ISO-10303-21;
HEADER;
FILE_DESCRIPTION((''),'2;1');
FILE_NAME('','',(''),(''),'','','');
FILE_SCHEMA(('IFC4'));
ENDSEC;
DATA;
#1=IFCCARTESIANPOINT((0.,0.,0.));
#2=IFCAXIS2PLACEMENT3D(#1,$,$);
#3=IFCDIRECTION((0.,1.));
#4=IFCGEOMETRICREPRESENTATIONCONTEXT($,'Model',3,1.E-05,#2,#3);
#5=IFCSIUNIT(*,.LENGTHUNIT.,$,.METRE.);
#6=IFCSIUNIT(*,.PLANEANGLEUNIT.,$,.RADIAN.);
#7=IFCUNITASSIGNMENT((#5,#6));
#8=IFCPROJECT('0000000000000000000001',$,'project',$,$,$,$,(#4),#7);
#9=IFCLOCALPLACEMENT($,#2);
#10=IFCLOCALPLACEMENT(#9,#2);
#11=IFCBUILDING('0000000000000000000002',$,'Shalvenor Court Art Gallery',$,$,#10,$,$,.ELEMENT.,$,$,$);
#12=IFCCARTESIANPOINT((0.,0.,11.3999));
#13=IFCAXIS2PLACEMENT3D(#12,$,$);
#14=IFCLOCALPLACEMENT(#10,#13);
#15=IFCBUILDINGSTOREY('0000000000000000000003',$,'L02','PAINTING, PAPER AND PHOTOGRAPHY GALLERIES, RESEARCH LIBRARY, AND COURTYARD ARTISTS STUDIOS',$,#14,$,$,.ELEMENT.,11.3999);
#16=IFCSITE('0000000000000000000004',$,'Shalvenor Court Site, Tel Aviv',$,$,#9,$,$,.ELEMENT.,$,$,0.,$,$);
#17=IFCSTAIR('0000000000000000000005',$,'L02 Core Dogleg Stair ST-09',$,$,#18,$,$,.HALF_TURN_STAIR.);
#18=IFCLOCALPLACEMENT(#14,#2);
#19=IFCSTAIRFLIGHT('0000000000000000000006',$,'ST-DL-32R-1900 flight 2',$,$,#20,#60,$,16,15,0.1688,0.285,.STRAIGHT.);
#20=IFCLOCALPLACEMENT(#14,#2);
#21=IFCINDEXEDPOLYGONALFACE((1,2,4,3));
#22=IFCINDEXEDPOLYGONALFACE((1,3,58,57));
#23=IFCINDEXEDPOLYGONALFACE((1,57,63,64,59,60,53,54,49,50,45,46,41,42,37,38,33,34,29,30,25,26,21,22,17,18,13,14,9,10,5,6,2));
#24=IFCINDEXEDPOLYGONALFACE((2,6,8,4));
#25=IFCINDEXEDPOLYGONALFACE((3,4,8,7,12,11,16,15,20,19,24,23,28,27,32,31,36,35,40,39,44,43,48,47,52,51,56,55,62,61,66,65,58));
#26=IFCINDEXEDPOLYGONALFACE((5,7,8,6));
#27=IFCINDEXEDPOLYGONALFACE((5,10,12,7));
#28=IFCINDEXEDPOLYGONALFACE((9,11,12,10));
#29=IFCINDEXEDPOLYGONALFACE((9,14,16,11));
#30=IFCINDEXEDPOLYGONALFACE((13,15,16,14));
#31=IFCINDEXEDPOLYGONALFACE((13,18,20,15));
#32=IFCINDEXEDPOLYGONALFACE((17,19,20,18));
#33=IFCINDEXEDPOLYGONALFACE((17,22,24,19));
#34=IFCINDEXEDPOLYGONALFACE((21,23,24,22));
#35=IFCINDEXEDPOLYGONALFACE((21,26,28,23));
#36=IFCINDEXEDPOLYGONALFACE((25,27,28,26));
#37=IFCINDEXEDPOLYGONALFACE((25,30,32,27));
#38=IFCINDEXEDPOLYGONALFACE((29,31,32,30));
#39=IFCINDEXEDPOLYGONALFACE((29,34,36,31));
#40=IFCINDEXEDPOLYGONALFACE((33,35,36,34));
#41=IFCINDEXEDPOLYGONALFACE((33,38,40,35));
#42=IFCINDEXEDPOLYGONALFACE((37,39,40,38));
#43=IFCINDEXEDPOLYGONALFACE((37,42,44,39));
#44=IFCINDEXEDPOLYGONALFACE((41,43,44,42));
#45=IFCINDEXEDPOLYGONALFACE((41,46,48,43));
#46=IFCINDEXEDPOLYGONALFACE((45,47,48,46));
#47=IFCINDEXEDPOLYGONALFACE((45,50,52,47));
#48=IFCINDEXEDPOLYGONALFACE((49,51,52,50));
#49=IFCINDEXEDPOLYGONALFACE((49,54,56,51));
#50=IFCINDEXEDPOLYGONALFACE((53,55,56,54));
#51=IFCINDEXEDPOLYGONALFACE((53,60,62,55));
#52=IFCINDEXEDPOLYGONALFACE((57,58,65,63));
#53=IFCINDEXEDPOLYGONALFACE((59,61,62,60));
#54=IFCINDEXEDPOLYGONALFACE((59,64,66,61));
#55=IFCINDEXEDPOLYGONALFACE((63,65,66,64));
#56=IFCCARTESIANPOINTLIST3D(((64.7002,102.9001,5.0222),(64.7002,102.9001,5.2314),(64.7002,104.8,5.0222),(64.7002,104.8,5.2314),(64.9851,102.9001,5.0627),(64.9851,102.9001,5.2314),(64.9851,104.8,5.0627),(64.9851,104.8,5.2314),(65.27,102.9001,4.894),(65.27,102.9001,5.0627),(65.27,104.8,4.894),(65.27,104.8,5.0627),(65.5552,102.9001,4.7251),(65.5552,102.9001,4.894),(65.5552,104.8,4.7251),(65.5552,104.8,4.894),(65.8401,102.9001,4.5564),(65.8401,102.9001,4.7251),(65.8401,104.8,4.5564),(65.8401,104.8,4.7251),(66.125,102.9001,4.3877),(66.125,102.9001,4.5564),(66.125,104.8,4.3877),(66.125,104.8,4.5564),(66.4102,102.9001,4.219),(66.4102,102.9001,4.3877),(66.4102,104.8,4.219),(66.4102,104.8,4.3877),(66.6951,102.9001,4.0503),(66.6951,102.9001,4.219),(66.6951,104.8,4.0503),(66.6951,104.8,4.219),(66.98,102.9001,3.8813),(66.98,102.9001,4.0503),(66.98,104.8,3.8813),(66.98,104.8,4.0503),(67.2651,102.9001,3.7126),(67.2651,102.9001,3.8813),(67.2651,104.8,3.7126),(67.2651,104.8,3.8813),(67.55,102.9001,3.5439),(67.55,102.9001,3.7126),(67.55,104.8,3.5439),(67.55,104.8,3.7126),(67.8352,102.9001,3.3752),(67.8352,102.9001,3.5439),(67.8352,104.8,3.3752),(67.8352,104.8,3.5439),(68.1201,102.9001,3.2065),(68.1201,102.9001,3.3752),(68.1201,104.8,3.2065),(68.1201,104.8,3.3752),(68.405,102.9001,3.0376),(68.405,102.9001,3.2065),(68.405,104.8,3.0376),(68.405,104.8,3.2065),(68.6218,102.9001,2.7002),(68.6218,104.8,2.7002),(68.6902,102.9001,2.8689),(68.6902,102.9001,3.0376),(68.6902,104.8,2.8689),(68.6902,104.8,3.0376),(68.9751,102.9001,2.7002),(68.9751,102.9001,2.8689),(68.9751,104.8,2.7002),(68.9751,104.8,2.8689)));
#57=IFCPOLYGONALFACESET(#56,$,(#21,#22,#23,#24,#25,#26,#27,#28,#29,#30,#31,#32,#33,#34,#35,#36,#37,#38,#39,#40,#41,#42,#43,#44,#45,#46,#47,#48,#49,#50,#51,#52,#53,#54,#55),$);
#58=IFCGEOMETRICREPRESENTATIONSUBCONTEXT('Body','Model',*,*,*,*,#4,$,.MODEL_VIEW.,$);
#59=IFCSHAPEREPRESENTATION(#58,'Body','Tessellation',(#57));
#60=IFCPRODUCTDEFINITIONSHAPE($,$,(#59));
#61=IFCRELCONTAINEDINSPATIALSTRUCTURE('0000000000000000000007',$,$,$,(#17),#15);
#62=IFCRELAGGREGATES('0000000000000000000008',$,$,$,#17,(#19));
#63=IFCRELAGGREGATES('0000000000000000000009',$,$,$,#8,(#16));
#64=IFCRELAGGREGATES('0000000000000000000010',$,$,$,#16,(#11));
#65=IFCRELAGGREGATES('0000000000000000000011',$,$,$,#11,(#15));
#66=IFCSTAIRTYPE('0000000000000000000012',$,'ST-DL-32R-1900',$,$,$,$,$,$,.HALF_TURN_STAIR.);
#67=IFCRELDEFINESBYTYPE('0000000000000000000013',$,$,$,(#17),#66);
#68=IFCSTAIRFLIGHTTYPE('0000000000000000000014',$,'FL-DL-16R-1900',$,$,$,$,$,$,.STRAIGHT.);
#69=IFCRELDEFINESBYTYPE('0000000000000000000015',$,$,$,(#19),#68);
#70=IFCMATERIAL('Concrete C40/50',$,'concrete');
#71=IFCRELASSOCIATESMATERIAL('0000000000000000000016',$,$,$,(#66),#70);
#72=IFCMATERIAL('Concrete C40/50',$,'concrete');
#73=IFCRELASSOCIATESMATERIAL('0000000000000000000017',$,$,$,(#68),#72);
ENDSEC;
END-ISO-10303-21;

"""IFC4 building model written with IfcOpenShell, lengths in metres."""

from ifc_helpers import new_model, si_unit, direction, frame, origin, place, context, subcontext, project, spatial, polyline, outline, extrude, material, type_object, element, aggregate, save


model = new_model("IFC4")

# Units and contexts
model_context = context("Model", 3, precision=1e-05, world=origin(), true_north=direction((0.0, 1.0)))
body_context = subcontext(model_context, "Body", "Model", "MODEL_VIEW")
ifc_project = project(units=[si_unit("LENGTHUNIT", "METRE"), si_unit("PLANEANGLEUNIT", "RADIAN")], contexts=[model_context])

# Site, building, storey
site_placement = place(None, origin())
site = spatial("IfcSite", under=ifc_project, at=site_placement, Name="Shalvenor Court Site, Tel Aviv", CompositionType="ELEMENT", RefElevation=0.0)
building_placement = place(site_placement, origin())
building = spatial("IfcBuilding", under=site, at=building_placement, Name="Shalvenor Court Art Gallery", CompositionType="ELEMENT")
storey_placement = place(building_placement, frame((0.0, 0.0, 11.3999)))
storey = spatial("IfcBuildingStorey", under=building, at=storey_placement, Name="L02", Description="PAINTING, PAPER AND PHOTOGRAPHY GALLERIES, RESEARCH LIBRARY, AND COURTYARD ARTISTS STUDIOS", CompositionType="ELEMENT", Elevation=11.3999)

# Stair, stair flight
ifc_material_1 = material(Name="Concrete C40/50", Category="concrete")
stair_type = type_object("IfcStairType", Name="ST-DL-32R-1900", PredefinedType="HALF_TURN_STAIR", material=ifc_material_1)
stair_placement = place(storey_placement, origin())
stair = element("IfcStair", 1, at=stair_placement, inside=storey, type_object=stair_type, Name="L02 Core Dogleg Stair ST-09", PredefinedType="HALF_TURN_STAIR")
ifc_material_2 = material(Name="Concrete C40/50", Category="concrete")
stair_flight_type = type_object("IfcStairFlightType", Name="FL-DL-16R-1900", PredefinedType="STRAIGHT", material=ifc_material_2)
stair_flight_1_placement = place(storey_placement, frame((68.9751, 103.8501, 2.7002), z_axis=(0.0, 0.0, 1.0), x_axis=(-1.0, 0.0, 0.0)))
stair_flight_1 = element("IfcStairFlight", 2, at=stair_flight_1_placement, type_object=stair_flight_type, Name="ST-DL-32R-1900 flight 2", NumberOfRisers=16, NumberOfTreads=15, PredefinedType="STRAIGHT", RiserHeight=0.1688, TreadLength=0.285, context=body_context, shape_type="SweptSolid", body=[
    extrude(outline(polyline([(0.0, 0.0), (0.0, 0.1687), (0.2849, 0.1687), (0.2849, 0.3374), (0.5701, 0.3374), (0.5701, 0.5063), (0.855, 0.5063), (0.855, 0.675), (1.1399, 0.675), (1.1399, 0.8438), (1.425, 0.8438), (1.425, 1.0125), (1.71, 1.0125), (1.71, 1.1812), (1.9951, 1.1812), (1.9951, 1.3501), (2.28, 1.3501), (2.28, 1.5188), (2.5649, 1.5188), (2.5649, 1.6875), (2.8501, 1.6875), (2.8501, 1.8562), (3.135, 1.8562), (3.135, 2.0249), (3.4199, 2.0249), (3.4199, 2.1938), (3.7051, 2.1938), (3.7051, 2.3625), (3.99, 2.3625), (3.99, 2.5312), (4.2749, 2.5312), (4.2749, 2.7), (4.2749, 2.322), (0.3533, 0.0), (0.0, 0.0)])), frame((0.0, 0.95, 0.0), z_axis=(0.0, -1.0, 0.0), x_axis=(1.0, 0.0, 0.0)), (0.0, 0.0, 1.0), 1.8999),
])
aggregate(stair, [stair_flight_1])

save(model, "model.ifc")
